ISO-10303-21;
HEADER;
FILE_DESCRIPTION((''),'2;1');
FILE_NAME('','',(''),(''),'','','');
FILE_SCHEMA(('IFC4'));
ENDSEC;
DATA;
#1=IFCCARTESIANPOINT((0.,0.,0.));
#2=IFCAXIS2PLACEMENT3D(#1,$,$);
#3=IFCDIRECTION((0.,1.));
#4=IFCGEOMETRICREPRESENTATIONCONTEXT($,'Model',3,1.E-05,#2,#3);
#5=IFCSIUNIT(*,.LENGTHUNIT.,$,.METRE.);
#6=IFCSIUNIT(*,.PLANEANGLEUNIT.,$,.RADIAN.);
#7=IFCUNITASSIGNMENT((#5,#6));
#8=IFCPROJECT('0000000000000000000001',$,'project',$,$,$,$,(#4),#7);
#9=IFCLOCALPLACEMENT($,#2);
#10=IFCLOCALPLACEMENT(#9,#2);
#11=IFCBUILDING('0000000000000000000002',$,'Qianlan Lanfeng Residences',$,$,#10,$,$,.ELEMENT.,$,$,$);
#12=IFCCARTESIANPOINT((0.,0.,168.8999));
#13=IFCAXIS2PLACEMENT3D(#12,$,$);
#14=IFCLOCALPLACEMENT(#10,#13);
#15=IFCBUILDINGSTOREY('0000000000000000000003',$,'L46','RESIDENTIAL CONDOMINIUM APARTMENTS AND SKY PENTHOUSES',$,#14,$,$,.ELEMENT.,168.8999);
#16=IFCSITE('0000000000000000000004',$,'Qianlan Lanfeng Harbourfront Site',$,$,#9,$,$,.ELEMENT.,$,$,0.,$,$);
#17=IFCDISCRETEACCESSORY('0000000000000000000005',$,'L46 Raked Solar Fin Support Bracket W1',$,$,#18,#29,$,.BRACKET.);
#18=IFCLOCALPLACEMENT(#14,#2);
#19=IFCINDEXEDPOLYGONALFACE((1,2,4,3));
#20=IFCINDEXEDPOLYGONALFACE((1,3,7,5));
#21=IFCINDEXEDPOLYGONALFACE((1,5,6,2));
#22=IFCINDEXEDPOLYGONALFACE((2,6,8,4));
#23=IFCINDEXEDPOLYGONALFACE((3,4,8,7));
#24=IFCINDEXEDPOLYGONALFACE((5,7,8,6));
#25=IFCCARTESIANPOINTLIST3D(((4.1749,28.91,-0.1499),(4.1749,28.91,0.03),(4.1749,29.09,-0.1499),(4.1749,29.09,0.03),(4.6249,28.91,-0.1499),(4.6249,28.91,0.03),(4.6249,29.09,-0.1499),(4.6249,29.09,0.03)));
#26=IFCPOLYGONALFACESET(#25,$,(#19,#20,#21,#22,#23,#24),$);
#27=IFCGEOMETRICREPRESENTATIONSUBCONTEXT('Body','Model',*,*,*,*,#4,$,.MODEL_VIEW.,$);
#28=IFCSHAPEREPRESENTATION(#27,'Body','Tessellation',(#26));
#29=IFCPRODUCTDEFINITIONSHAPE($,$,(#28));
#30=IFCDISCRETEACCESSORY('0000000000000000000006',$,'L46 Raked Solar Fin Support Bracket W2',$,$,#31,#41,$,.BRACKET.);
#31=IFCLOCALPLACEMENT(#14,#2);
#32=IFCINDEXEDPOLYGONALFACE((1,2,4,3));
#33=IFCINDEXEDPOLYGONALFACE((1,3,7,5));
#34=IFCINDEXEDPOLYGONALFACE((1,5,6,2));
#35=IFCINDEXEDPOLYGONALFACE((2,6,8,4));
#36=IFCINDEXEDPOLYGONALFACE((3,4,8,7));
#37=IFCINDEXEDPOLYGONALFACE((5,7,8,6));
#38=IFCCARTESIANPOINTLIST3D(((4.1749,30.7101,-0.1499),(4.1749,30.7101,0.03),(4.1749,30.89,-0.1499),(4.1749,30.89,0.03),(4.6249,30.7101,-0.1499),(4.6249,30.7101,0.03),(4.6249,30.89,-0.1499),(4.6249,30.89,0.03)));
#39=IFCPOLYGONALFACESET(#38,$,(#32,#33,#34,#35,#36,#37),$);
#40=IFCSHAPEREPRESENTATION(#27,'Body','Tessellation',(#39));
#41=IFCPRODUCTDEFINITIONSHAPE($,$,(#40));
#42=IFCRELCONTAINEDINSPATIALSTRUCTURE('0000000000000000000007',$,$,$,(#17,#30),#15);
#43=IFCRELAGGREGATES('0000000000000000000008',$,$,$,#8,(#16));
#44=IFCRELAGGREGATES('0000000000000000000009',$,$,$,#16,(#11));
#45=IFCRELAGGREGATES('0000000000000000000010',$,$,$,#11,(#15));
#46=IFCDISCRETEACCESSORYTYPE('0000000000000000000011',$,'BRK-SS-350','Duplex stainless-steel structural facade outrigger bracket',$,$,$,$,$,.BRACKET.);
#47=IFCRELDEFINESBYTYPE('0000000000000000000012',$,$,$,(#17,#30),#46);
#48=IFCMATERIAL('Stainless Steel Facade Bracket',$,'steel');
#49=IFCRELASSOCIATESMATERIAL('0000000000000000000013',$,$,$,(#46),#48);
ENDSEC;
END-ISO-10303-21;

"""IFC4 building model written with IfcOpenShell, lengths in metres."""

from ifc_helpers import new_model, si_unit, direction, frame, origin, origin_2d, place, context, subcontext, project, spatial, rectangle, extrude, source, transform, mapped, material, type_object, element, save


model = new_model("IFC4")

# Units and contexts
model_context = context("Model", 3, precision=1e-05, world=origin(), true_north=direction((0.0, 1.0)))
body_context = subcontext(model_context, "Body", "Model", "MODEL_VIEW")
ifc_project = project(units=[si_unit("LENGTHUNIT", "METRE"), si_unit("PLANEANGLEUNIT", "RADIAN")], contexts=[model_context])

# Site, building, storey
site_placement = place(None, origin())
site = spatial("IfcSite", under=ifc_project, at=site_placement, Name="Qianlan Lanfeng Harbourfront Site", CompositionType="ELEMENT", RefElevation=0.0)
building_placement = place(site_placement, origin())
building = spatial("IfcBuilding", under=site, at=building_placement, Name="Qianlan Lanfeng Residences", CompositionType="ELEMENT")
storey_placement = place(building_placement, frame((0.0, 0.0, 168.8999)))
storey = spatial("IfcBuildingStorey", under=building, at=storey_placement, Name="L46", Description="RESIDENTIAL CONDOMINIUM APARTMENTS AND SKY PENTHOUSES", CompositionType="ELEMENT", Elevation=168.8999)

# Discrete accessories
ifc_material_1 = material(Name="Stainless Steel Facade Bracket", Category="steel")
discrete_accessory_type = type_object("IfcDiscreteAccessoryType", Name="BRK-SS-350", Description="Duplex stainless-steel structural facade outrigger bracket", PredefinedType="BRACKET", material=ifc_material_1)
shared_shape_1 = source(origin(), body_context, "Body", "SweptSolid", [
    extrude(rectangle(XDim=0.45, YDim=0.1799, at=origin_2d()), origin(), (0.0, 0.0, 1.0), 0.1799),
])
for number, where, z_axis, x_axis, name in (
    (1, (4.3999, 29.0, -0.1499), (0.0, 0.0, 1.0), (1.0, 0.0, 0.0), "L46 Raked Solar Fin Support Bracket W1"),
    (2, (4.3999, 30.8, -0.1499), (0.0, 0.0, 1.0), (1.0, 0.0, 0.0), "L46 Raked Solar Fin Support Bracket W2"),
):
    element("IfcDiscreteAccessory", number, at=place(storey_placement, frame(where, z_axis=z_axis, x_axis=x_axis)), inside=storey, type_object=discrete_accessory_type, Name=name, PredefinedType="BRACKET", context=body_context, shape_type="MappedRepresentation", body=[
        mapped(shared_shape_1, transform((0.0, 0.0, 0.0), scale=1.0)),
    ])

save(model, "model.ifc")
